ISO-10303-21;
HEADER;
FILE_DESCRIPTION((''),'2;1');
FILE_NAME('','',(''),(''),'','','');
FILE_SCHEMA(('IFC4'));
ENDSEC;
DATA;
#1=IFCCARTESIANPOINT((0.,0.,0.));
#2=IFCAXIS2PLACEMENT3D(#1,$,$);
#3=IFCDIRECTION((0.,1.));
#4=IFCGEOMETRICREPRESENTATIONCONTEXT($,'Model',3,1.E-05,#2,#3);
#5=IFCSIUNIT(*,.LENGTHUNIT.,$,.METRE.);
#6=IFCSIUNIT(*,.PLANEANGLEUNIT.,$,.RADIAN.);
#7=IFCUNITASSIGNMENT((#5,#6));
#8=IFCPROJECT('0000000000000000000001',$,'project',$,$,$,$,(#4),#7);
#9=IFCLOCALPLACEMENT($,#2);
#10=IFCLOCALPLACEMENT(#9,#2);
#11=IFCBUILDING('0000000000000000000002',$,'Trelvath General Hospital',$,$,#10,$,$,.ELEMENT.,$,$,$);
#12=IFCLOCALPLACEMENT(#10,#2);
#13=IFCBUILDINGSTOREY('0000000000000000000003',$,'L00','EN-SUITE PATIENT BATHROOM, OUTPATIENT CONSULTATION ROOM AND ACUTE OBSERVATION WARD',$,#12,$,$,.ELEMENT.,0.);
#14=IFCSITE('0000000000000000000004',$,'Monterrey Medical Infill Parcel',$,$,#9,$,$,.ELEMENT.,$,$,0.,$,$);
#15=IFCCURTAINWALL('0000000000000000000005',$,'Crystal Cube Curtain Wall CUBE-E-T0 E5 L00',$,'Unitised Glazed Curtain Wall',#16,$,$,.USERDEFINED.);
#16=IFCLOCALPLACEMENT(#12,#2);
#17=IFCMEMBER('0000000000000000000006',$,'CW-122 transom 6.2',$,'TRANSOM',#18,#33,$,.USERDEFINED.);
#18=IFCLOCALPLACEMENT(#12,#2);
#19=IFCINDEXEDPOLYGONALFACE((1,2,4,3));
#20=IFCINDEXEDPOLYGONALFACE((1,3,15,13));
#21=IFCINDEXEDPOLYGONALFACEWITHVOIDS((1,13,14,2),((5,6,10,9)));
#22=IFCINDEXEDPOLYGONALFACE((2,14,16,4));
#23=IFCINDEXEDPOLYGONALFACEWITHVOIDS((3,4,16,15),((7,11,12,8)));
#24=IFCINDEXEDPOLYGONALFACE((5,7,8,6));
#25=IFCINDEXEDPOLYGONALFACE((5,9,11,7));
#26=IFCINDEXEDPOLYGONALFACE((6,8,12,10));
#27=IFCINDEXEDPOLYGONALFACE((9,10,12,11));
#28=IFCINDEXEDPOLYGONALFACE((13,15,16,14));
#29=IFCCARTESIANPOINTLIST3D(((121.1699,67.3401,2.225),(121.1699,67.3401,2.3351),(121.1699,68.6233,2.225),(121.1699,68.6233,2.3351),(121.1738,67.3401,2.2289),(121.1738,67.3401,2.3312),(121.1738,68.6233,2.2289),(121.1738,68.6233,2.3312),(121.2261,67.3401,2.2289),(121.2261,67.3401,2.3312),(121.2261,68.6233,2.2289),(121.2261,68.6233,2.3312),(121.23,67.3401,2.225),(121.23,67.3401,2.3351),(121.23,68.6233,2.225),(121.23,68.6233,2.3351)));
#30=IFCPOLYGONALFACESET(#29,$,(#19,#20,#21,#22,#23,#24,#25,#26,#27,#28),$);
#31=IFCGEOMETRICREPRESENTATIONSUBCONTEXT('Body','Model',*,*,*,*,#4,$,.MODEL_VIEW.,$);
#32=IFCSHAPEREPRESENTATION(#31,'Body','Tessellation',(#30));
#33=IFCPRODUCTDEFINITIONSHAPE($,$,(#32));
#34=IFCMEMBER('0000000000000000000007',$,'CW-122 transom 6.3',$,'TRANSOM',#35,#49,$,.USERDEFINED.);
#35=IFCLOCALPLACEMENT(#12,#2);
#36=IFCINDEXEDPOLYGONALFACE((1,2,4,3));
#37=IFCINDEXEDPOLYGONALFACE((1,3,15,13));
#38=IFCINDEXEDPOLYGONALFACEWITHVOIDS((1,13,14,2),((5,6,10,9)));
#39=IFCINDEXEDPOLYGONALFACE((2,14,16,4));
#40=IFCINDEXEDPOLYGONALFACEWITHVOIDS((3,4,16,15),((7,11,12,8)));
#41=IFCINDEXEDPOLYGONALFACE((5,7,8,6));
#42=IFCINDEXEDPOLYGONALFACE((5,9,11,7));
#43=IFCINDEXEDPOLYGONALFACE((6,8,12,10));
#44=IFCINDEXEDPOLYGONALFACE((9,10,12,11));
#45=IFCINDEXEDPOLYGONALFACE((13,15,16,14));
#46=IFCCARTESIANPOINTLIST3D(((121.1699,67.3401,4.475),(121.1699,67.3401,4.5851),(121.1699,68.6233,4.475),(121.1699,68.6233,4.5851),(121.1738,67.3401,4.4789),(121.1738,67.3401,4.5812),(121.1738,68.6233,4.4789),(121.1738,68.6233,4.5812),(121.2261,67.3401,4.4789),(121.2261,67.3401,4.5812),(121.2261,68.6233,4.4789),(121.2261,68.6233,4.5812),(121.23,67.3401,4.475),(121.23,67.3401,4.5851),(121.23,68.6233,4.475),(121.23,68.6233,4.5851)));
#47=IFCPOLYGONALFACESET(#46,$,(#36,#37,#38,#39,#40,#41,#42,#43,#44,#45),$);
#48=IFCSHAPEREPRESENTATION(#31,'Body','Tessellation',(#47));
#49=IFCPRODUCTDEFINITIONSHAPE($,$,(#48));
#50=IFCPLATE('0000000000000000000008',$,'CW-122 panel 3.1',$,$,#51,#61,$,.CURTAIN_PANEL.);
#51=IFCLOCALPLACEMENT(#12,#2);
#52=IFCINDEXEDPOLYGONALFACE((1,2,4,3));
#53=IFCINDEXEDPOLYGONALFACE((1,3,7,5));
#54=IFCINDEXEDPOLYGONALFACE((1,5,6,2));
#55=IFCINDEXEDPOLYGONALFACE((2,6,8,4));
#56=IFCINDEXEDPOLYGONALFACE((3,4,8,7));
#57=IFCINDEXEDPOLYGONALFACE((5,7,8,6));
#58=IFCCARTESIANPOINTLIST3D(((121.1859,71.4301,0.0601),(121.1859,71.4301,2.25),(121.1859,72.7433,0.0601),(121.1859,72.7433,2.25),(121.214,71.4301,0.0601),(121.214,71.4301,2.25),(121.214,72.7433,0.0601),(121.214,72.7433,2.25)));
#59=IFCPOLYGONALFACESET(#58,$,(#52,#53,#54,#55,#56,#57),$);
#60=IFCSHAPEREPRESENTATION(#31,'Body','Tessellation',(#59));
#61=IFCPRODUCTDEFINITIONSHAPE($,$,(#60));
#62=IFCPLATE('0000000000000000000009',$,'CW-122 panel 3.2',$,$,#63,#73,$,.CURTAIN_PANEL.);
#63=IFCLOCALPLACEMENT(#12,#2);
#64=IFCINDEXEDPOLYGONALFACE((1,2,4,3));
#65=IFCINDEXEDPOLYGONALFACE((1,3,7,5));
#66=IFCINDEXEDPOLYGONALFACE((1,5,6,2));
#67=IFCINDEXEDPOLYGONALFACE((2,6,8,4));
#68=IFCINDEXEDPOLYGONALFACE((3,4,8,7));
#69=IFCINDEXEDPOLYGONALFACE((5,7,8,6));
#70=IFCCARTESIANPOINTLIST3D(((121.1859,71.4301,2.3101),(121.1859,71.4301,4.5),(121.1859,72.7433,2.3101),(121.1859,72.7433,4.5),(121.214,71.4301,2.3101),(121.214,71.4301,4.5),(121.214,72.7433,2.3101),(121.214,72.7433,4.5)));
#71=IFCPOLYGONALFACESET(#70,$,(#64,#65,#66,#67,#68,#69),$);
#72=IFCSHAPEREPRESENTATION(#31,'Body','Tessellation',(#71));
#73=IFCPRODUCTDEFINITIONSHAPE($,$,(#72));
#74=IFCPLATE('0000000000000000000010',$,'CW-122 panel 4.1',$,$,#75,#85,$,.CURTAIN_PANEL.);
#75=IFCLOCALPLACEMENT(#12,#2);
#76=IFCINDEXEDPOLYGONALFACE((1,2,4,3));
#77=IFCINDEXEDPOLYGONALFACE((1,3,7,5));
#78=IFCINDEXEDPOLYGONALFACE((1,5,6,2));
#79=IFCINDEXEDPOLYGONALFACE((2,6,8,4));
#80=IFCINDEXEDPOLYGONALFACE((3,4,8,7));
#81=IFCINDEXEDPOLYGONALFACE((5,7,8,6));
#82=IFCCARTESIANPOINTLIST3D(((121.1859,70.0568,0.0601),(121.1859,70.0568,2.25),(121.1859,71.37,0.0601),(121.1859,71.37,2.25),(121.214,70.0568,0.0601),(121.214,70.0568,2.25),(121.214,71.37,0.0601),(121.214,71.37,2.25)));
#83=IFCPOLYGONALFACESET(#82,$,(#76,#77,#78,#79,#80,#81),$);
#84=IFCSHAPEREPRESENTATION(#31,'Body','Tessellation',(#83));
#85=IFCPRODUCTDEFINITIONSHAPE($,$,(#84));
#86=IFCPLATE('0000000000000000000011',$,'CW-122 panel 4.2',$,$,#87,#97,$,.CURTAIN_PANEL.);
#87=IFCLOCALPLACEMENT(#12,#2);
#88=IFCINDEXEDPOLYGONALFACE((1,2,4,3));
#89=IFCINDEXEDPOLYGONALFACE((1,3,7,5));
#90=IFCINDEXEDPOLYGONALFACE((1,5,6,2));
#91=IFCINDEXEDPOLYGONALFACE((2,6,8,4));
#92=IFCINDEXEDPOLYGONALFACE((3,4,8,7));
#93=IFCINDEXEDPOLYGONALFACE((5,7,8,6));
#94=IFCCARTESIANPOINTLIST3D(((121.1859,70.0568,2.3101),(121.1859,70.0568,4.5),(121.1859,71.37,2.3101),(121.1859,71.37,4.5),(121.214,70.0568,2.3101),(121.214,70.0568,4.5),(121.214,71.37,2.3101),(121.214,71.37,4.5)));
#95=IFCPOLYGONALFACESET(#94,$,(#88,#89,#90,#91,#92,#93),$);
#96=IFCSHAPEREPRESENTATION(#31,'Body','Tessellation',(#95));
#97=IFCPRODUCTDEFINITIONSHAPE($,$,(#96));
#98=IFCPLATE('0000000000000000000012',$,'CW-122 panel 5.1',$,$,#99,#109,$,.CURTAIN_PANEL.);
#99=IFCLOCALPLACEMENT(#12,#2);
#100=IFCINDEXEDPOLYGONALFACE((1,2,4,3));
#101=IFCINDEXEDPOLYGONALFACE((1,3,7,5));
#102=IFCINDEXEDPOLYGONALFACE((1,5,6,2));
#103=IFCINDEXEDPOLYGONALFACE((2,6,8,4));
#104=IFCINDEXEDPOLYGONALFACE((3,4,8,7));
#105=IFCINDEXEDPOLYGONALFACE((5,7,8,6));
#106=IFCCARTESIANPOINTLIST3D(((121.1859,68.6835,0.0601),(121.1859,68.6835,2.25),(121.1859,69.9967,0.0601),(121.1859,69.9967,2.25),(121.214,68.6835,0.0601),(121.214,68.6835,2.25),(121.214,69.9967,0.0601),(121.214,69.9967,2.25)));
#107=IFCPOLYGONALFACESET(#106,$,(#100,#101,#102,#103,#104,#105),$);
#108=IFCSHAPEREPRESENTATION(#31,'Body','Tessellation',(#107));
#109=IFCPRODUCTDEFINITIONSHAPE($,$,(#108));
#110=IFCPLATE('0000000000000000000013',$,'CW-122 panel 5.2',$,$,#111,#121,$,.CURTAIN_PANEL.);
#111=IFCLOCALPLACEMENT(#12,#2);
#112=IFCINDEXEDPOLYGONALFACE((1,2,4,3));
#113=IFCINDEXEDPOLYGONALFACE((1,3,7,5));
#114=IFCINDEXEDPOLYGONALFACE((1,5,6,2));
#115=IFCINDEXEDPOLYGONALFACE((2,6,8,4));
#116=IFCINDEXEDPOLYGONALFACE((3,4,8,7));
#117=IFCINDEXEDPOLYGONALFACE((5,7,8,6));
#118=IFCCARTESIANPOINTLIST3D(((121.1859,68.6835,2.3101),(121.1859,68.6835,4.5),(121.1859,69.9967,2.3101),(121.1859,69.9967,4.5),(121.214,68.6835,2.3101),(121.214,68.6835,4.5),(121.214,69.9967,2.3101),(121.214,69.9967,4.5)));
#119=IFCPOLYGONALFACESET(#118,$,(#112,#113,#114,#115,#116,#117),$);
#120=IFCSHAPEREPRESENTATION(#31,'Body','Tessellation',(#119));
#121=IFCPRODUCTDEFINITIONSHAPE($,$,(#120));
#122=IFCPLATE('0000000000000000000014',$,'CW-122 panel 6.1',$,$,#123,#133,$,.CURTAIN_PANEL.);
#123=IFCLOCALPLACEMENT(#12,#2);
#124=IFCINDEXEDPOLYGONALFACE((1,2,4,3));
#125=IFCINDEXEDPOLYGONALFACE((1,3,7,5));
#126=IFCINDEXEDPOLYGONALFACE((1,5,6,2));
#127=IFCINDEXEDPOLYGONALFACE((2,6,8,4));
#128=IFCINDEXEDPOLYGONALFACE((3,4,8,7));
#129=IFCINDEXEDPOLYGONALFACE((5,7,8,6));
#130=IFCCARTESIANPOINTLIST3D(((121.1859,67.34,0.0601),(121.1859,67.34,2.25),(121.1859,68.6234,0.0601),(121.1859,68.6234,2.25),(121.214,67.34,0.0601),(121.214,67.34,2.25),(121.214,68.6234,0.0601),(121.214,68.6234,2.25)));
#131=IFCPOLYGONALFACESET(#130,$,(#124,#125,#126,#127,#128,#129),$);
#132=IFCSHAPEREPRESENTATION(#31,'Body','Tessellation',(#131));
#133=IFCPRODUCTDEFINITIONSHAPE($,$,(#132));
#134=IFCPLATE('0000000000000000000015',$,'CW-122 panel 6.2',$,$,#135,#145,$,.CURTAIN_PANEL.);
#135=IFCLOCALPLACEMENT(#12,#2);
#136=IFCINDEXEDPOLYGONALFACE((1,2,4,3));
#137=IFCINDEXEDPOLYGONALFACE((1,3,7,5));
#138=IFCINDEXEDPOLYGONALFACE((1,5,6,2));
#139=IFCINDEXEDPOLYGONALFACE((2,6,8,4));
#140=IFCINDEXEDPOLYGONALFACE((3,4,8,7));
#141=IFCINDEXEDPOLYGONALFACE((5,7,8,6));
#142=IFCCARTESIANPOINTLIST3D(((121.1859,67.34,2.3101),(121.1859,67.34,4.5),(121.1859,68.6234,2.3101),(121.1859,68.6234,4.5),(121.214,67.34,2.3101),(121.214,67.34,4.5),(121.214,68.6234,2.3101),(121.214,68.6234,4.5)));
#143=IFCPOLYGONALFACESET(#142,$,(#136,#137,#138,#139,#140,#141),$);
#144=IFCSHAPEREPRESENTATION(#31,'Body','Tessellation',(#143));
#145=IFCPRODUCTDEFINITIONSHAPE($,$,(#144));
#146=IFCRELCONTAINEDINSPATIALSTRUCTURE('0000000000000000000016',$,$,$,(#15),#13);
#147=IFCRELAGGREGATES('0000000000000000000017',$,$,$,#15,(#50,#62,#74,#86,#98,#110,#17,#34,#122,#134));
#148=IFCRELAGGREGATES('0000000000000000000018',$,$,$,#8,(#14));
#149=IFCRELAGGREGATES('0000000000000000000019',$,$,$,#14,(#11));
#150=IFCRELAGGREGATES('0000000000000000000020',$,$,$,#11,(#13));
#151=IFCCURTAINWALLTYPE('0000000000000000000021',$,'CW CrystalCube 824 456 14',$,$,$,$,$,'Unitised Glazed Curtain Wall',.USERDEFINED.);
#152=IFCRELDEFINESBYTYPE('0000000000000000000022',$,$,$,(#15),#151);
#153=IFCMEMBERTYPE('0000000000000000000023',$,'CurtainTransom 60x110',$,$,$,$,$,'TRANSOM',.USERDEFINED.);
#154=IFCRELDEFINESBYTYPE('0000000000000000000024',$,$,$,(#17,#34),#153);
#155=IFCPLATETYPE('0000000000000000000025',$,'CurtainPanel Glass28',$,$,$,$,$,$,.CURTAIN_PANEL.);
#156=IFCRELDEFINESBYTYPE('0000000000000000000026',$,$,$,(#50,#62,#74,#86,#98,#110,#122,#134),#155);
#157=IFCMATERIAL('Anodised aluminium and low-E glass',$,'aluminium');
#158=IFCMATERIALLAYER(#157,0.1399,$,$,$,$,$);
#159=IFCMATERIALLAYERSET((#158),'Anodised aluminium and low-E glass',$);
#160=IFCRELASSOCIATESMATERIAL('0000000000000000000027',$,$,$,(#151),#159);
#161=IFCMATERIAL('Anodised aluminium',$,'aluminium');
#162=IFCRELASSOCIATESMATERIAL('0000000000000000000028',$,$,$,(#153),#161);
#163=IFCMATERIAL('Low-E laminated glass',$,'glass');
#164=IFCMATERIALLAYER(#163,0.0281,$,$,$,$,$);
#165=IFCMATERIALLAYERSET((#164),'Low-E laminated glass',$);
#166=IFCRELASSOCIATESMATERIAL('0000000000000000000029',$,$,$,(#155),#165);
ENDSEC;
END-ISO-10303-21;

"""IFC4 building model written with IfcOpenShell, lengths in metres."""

from ifc_helpers import new_model, si_unit, direction, frame, origin, origin_2d, place, context, subcontext, project, spatial, rectangle, hollow_rectangle, extrude, material, layer, layer_set, material_profile, profile_set, type_object, element, aggregate, save


model = new_model("IFC4")

# Units and contexts
model_context = context("Model", 3, precision=1e-05, world=origin(), true_north=direction((0.0, 1.0)))
body_context = subcontext(model_context, "Body", "Model", "MODEL_VIEW")
ifc_project = project(units=[si_unit("LENGTHUNIT", "METRE"), si_unit("PLANEANGLEUNIT", "RADIAN")], contexts=[model_context])

# Site, building, storey
site_placement = place(None, origin())
site = spatial("IfcSite", under=ifc_project, at=site_placement, Name="Monterrey Medical Infill Parcel", CompositionType="ELEMENT", RefElevation=0.0)
building_placement = place(site_placement, origin())
building = spatial("IfcBuilding", under=site, at=building_placement, Name="Trelvath General Hospital", CompositionType="ELEMENT")
storey_placement = place(building_placement, origin())
storey = spatial("IfcBuildingStorey", under=building, at=storey_placement, Name="L00", Description="EN-SUITE PATIENT BATHROOM, OUTPATIENT CONSULTATION ROOM AND ACUTE OBSERVATION WARD", CompositionType="ELEMENT", Elevation=0.0)

# Curtain wall, members, plates
ifc_material_1 = material(Name="Anodised aluminium and low-E glass", Category="aluminium")
ifc_layer_1 = layer(ifc_material_1, 0.1399)
ifc_layer_set_1 = layer_set([ifc_layer_1], Name="Anodised aluminium and low-E glass")
curtain_wall_type = type_object("IfcCurtainWallType", Name="CW CrystalCube 824 456 14", ElementType="Unitised Glazed Curtain Wall", PredefinedType="USERDEFINED", material=ifc_layer_set_1)
curtain_wall_placement = place(storey_placement, origin())
curtain_wall = element("IfcCurtainWall", 1, at=curtain_wall_placement, inside=storey, type_object=curtain_wall_type, Name="Crystal Cube Curtain Wall CUBE-E-T0 E5 L00", ObjectType="Unitised Glazed Curtain Wall", PredefinedType="USERDEFINED")
ifc_material_2 = material(Name="Anodised aluminium", Category="aluminium")
ifc_material_profile_1 = material_profile(ifc_material_2, hollow_rectangle(XDim=0.0601, YDim=0.1101, WallThickness=0.0039, at=origin_2d()), Name="RHS60x110x4")
ifc_profile_set_1 = profile_set([ifc_material_profile_1], Name="Anodised aluminium")
member_type_1 = type_object("IfcMemberType", Name="CurtainTransom 60x110", ElementType="TRANSOM", PredefinedType="USERDEFINED", material=ifc_profile_set_1)
member_1_placement = place(storey_placement, frame((121.2, 68.6233, 2.28), z_axis=(0.0, -1.0, 0.0), x_axis=(1.0, 0.0, 0.0)))
member_1 = element("IfcMember", 2, at=member_1_placement, type_object=member_type_1, Name="CW-122 transom 6.2", ObjectType="TRANSOM", PredefinedType="USERDEFINED", context=body_context, shape_type="SweptSolid", body=[
    extrude(hollow_rectangle(XDim=0.0601, YDim=0.1101, WallThickness=0.0039, at=origin_2d()), origin(), (0.0, 0.0, 1.0), 1.2832),
])
member_2_placement = place(storey_placement, frame((121.2, 68.6233, 4.53), z_axis=(0.0, -1.0, 0.0), x_axis=(1.0, 0.0, 0.0)))
member_2 = element("IfcMember", 3, at=member_2_placement, type_object=member_type_1, Name="CW-122 transom 6.3", ObjectType="TRANSOM", PredefinedType="USERDEFINED", context=body_context, shape_type="SweptSolid", body=[
    extrude(hollow_rectangle(XDim=0.0601, YDim=0.1101, WallThickness=0.0039, at=origin_2d()), origin(), (0.0, 0.0, 1.0), 1.2832),
])
ifc_material_3 = material(Name="Low-E laminated glass", Category="glass")
ifc_layer_2 = layer(ifc_material_3, 0.0281)
ifc_layer_set_2 = layer_set([ifc_layer_2], Name="Low-E laminated glass")
plate_type = type_object("IfcPlateType", Name="CurtainPanel Glass28", PredefinedType="CURTAIN_PANEL", material=ifc_layer_set_2)
plate_1_placement = place(storey_placement, frame((121.2, 72.0867, 0.0601), z_axis=(0.0, 0.0, 1.0), x_axis=(0.0, -1.0, 0.0)))
plate_1 = element("IfcPlate", 4, at=plate_1_placement, type_object=plate_type, Name="CW-122 panel 3.1", PredefinedType="CURTAIN_PANEL", context=body_context, shape_type="SweptSolid", body=[
    extrude(rectangle(XDim=1.3132, YDim=0.0281, at=origin_2d()), origin(), (0.0, 0.0, 1.0), 2.1899),
])
plate_2_placement = place(storey_placement, frame((121.2, 72.0867, 2.3101), z_axis=(0.0, 0.0, 1.0), x_axis=(0.0, -1.0, 0.0)))
plate_2 = element("IfcPlate", 5, at=plate_2_placement, type_object=plate_type, Name="CW-122 panel 3.2", PredefinedType="CURTAIN_PANEL", context=body_context, shape_type="SweptSolid", body=[
    extrude(rectangle(XDim=1.3132, YDim=0.0281, at=origin_2d()), origin(), (0.0, 0.0, 1.0), 2.1899),
])
plate_3_placement = place(storey_placement, frame((121.2, 70.7134, 0.0601), z_axis=(0.0, 0.0, 1.0), x_axis=(0.0, -1.0, 0.0)))
plate_3 = element("IfcPlate", 6, at=plate_3_placement, type_object=plate_type, Name="CW-122 panel 4.1", PredefinedType="CURTAIN_PANEL", context=body_context, shape_type="SweptSolid", body=[
    extrude(rectangle(XDim=1.3132, YDim=0.0281, at=origin_2d()), origin(), (0.0, 0.0, 1.0), 2.1899),
])
plate_4_placement = place(storey_placement, frame((121.2, 70.7134, 2.3101), z_axis=(0.0, 0.0, 1.0), x_axis=(0.0, -1.0, 0.0)))
plate_4 = element("IfcPlate", 7, at=plate_4_placement, type_object=plate_type, Name="CW-122 panel 4.2", PredefinedType="CURTAIN_PANEL", context=body_context, shape_type="SweptSolid", body=[
    extrude(rectangle(XDim=1.3132, YDim=0.0281, at=origin_2d()), origin(), (0.0, 0.0, 1.0), 2.1899),
])
plate_5_placement = place(storey_placement, frame((121.2, 69.3401, 0.0601), z_axis=(0.0, 0.0, 1.0), x_axis=(0.0, -1.0, 0.0)))
plate_5 = element("IfcPlate", 8, at=plate_5_placement, type_object=plate_type, Name="CW-122 panel 5.1", PredefinedType="CURTAIN_PANEL", context=body_context, shape_type="SweptSolid", body=[
    extrude(rectangle(XDim=1.3132, YDim=0.0281, at=origin_2d()), origin(), (0.0, 0.0, 1.0), 2.1899),
])
plate_6_placement = place(storey_placement, frame((121.2, 69.3401, 2.3101), z_axis=(0.0, 0.0, 1.0), x_axis=(0.0, -1.0, 0.0)))
plate_6 = element("IfcPlate", 9, at=plate_6_placement, type_object=plate_type, Name="CW-122 panel 5.2", PredefinedType="CURTAIN_PANEL", context=body_context, shape_type="SweptSolid", body=[
    extrude(rectangle(XDim=1.3132, YDim=0.0281, at=origin_2d()), origin(), (0.0, 0.0, 1.0), 2.1899),
])
plate_7_placement = place(storey_placement, frame((121.2, 67.9817, 0.0601), z_axis=(0.0, 0.0, 1.0), x_axis=(0.0, -1.0, 0.0)))
plate_7 = element("IfcPlate", 10, at=plate_7_placement, type_object=plate_type, Name="CW-122 panel 6.1", PredefinedType="CURTAIN_PANEL", context=body_context, shape_type="SweptSolid", body=[
    extrude(rectangle(XDim=1.2834, YDim=0.0281, at=origin_2d()), origin(), (0.0, 0.0, 1.0), 2.1899),
])
plate_8_placement = place(storey_placement, frame((121.2, 67.9817, 2.3101), z_axis=(0.0, 0.0, 1.0), x_axis=(0.0, -1.0, 0.0)))
plate_8 = element("IfcPlate", 11, at=plate_8_placement, type_object=plate_type, Name="CW-122 panel 6.2", PredefinedType="CURTAIN_PANEL", context=body_context, shape_type="SweptSolid", body=[
    extrude(rectangle(XDim=1.2834, YDim=0.0281, at=origin_2d()), origin(), (0.0, 0.0, 1.0), 2.1899),
])
aggregate(curtain_wall, [plate_1, plate_2, plate_3, plate_4, plate_5, plate_6, member_1, member_2, plate_7, plate_8])

save(model, "model.ifc")
